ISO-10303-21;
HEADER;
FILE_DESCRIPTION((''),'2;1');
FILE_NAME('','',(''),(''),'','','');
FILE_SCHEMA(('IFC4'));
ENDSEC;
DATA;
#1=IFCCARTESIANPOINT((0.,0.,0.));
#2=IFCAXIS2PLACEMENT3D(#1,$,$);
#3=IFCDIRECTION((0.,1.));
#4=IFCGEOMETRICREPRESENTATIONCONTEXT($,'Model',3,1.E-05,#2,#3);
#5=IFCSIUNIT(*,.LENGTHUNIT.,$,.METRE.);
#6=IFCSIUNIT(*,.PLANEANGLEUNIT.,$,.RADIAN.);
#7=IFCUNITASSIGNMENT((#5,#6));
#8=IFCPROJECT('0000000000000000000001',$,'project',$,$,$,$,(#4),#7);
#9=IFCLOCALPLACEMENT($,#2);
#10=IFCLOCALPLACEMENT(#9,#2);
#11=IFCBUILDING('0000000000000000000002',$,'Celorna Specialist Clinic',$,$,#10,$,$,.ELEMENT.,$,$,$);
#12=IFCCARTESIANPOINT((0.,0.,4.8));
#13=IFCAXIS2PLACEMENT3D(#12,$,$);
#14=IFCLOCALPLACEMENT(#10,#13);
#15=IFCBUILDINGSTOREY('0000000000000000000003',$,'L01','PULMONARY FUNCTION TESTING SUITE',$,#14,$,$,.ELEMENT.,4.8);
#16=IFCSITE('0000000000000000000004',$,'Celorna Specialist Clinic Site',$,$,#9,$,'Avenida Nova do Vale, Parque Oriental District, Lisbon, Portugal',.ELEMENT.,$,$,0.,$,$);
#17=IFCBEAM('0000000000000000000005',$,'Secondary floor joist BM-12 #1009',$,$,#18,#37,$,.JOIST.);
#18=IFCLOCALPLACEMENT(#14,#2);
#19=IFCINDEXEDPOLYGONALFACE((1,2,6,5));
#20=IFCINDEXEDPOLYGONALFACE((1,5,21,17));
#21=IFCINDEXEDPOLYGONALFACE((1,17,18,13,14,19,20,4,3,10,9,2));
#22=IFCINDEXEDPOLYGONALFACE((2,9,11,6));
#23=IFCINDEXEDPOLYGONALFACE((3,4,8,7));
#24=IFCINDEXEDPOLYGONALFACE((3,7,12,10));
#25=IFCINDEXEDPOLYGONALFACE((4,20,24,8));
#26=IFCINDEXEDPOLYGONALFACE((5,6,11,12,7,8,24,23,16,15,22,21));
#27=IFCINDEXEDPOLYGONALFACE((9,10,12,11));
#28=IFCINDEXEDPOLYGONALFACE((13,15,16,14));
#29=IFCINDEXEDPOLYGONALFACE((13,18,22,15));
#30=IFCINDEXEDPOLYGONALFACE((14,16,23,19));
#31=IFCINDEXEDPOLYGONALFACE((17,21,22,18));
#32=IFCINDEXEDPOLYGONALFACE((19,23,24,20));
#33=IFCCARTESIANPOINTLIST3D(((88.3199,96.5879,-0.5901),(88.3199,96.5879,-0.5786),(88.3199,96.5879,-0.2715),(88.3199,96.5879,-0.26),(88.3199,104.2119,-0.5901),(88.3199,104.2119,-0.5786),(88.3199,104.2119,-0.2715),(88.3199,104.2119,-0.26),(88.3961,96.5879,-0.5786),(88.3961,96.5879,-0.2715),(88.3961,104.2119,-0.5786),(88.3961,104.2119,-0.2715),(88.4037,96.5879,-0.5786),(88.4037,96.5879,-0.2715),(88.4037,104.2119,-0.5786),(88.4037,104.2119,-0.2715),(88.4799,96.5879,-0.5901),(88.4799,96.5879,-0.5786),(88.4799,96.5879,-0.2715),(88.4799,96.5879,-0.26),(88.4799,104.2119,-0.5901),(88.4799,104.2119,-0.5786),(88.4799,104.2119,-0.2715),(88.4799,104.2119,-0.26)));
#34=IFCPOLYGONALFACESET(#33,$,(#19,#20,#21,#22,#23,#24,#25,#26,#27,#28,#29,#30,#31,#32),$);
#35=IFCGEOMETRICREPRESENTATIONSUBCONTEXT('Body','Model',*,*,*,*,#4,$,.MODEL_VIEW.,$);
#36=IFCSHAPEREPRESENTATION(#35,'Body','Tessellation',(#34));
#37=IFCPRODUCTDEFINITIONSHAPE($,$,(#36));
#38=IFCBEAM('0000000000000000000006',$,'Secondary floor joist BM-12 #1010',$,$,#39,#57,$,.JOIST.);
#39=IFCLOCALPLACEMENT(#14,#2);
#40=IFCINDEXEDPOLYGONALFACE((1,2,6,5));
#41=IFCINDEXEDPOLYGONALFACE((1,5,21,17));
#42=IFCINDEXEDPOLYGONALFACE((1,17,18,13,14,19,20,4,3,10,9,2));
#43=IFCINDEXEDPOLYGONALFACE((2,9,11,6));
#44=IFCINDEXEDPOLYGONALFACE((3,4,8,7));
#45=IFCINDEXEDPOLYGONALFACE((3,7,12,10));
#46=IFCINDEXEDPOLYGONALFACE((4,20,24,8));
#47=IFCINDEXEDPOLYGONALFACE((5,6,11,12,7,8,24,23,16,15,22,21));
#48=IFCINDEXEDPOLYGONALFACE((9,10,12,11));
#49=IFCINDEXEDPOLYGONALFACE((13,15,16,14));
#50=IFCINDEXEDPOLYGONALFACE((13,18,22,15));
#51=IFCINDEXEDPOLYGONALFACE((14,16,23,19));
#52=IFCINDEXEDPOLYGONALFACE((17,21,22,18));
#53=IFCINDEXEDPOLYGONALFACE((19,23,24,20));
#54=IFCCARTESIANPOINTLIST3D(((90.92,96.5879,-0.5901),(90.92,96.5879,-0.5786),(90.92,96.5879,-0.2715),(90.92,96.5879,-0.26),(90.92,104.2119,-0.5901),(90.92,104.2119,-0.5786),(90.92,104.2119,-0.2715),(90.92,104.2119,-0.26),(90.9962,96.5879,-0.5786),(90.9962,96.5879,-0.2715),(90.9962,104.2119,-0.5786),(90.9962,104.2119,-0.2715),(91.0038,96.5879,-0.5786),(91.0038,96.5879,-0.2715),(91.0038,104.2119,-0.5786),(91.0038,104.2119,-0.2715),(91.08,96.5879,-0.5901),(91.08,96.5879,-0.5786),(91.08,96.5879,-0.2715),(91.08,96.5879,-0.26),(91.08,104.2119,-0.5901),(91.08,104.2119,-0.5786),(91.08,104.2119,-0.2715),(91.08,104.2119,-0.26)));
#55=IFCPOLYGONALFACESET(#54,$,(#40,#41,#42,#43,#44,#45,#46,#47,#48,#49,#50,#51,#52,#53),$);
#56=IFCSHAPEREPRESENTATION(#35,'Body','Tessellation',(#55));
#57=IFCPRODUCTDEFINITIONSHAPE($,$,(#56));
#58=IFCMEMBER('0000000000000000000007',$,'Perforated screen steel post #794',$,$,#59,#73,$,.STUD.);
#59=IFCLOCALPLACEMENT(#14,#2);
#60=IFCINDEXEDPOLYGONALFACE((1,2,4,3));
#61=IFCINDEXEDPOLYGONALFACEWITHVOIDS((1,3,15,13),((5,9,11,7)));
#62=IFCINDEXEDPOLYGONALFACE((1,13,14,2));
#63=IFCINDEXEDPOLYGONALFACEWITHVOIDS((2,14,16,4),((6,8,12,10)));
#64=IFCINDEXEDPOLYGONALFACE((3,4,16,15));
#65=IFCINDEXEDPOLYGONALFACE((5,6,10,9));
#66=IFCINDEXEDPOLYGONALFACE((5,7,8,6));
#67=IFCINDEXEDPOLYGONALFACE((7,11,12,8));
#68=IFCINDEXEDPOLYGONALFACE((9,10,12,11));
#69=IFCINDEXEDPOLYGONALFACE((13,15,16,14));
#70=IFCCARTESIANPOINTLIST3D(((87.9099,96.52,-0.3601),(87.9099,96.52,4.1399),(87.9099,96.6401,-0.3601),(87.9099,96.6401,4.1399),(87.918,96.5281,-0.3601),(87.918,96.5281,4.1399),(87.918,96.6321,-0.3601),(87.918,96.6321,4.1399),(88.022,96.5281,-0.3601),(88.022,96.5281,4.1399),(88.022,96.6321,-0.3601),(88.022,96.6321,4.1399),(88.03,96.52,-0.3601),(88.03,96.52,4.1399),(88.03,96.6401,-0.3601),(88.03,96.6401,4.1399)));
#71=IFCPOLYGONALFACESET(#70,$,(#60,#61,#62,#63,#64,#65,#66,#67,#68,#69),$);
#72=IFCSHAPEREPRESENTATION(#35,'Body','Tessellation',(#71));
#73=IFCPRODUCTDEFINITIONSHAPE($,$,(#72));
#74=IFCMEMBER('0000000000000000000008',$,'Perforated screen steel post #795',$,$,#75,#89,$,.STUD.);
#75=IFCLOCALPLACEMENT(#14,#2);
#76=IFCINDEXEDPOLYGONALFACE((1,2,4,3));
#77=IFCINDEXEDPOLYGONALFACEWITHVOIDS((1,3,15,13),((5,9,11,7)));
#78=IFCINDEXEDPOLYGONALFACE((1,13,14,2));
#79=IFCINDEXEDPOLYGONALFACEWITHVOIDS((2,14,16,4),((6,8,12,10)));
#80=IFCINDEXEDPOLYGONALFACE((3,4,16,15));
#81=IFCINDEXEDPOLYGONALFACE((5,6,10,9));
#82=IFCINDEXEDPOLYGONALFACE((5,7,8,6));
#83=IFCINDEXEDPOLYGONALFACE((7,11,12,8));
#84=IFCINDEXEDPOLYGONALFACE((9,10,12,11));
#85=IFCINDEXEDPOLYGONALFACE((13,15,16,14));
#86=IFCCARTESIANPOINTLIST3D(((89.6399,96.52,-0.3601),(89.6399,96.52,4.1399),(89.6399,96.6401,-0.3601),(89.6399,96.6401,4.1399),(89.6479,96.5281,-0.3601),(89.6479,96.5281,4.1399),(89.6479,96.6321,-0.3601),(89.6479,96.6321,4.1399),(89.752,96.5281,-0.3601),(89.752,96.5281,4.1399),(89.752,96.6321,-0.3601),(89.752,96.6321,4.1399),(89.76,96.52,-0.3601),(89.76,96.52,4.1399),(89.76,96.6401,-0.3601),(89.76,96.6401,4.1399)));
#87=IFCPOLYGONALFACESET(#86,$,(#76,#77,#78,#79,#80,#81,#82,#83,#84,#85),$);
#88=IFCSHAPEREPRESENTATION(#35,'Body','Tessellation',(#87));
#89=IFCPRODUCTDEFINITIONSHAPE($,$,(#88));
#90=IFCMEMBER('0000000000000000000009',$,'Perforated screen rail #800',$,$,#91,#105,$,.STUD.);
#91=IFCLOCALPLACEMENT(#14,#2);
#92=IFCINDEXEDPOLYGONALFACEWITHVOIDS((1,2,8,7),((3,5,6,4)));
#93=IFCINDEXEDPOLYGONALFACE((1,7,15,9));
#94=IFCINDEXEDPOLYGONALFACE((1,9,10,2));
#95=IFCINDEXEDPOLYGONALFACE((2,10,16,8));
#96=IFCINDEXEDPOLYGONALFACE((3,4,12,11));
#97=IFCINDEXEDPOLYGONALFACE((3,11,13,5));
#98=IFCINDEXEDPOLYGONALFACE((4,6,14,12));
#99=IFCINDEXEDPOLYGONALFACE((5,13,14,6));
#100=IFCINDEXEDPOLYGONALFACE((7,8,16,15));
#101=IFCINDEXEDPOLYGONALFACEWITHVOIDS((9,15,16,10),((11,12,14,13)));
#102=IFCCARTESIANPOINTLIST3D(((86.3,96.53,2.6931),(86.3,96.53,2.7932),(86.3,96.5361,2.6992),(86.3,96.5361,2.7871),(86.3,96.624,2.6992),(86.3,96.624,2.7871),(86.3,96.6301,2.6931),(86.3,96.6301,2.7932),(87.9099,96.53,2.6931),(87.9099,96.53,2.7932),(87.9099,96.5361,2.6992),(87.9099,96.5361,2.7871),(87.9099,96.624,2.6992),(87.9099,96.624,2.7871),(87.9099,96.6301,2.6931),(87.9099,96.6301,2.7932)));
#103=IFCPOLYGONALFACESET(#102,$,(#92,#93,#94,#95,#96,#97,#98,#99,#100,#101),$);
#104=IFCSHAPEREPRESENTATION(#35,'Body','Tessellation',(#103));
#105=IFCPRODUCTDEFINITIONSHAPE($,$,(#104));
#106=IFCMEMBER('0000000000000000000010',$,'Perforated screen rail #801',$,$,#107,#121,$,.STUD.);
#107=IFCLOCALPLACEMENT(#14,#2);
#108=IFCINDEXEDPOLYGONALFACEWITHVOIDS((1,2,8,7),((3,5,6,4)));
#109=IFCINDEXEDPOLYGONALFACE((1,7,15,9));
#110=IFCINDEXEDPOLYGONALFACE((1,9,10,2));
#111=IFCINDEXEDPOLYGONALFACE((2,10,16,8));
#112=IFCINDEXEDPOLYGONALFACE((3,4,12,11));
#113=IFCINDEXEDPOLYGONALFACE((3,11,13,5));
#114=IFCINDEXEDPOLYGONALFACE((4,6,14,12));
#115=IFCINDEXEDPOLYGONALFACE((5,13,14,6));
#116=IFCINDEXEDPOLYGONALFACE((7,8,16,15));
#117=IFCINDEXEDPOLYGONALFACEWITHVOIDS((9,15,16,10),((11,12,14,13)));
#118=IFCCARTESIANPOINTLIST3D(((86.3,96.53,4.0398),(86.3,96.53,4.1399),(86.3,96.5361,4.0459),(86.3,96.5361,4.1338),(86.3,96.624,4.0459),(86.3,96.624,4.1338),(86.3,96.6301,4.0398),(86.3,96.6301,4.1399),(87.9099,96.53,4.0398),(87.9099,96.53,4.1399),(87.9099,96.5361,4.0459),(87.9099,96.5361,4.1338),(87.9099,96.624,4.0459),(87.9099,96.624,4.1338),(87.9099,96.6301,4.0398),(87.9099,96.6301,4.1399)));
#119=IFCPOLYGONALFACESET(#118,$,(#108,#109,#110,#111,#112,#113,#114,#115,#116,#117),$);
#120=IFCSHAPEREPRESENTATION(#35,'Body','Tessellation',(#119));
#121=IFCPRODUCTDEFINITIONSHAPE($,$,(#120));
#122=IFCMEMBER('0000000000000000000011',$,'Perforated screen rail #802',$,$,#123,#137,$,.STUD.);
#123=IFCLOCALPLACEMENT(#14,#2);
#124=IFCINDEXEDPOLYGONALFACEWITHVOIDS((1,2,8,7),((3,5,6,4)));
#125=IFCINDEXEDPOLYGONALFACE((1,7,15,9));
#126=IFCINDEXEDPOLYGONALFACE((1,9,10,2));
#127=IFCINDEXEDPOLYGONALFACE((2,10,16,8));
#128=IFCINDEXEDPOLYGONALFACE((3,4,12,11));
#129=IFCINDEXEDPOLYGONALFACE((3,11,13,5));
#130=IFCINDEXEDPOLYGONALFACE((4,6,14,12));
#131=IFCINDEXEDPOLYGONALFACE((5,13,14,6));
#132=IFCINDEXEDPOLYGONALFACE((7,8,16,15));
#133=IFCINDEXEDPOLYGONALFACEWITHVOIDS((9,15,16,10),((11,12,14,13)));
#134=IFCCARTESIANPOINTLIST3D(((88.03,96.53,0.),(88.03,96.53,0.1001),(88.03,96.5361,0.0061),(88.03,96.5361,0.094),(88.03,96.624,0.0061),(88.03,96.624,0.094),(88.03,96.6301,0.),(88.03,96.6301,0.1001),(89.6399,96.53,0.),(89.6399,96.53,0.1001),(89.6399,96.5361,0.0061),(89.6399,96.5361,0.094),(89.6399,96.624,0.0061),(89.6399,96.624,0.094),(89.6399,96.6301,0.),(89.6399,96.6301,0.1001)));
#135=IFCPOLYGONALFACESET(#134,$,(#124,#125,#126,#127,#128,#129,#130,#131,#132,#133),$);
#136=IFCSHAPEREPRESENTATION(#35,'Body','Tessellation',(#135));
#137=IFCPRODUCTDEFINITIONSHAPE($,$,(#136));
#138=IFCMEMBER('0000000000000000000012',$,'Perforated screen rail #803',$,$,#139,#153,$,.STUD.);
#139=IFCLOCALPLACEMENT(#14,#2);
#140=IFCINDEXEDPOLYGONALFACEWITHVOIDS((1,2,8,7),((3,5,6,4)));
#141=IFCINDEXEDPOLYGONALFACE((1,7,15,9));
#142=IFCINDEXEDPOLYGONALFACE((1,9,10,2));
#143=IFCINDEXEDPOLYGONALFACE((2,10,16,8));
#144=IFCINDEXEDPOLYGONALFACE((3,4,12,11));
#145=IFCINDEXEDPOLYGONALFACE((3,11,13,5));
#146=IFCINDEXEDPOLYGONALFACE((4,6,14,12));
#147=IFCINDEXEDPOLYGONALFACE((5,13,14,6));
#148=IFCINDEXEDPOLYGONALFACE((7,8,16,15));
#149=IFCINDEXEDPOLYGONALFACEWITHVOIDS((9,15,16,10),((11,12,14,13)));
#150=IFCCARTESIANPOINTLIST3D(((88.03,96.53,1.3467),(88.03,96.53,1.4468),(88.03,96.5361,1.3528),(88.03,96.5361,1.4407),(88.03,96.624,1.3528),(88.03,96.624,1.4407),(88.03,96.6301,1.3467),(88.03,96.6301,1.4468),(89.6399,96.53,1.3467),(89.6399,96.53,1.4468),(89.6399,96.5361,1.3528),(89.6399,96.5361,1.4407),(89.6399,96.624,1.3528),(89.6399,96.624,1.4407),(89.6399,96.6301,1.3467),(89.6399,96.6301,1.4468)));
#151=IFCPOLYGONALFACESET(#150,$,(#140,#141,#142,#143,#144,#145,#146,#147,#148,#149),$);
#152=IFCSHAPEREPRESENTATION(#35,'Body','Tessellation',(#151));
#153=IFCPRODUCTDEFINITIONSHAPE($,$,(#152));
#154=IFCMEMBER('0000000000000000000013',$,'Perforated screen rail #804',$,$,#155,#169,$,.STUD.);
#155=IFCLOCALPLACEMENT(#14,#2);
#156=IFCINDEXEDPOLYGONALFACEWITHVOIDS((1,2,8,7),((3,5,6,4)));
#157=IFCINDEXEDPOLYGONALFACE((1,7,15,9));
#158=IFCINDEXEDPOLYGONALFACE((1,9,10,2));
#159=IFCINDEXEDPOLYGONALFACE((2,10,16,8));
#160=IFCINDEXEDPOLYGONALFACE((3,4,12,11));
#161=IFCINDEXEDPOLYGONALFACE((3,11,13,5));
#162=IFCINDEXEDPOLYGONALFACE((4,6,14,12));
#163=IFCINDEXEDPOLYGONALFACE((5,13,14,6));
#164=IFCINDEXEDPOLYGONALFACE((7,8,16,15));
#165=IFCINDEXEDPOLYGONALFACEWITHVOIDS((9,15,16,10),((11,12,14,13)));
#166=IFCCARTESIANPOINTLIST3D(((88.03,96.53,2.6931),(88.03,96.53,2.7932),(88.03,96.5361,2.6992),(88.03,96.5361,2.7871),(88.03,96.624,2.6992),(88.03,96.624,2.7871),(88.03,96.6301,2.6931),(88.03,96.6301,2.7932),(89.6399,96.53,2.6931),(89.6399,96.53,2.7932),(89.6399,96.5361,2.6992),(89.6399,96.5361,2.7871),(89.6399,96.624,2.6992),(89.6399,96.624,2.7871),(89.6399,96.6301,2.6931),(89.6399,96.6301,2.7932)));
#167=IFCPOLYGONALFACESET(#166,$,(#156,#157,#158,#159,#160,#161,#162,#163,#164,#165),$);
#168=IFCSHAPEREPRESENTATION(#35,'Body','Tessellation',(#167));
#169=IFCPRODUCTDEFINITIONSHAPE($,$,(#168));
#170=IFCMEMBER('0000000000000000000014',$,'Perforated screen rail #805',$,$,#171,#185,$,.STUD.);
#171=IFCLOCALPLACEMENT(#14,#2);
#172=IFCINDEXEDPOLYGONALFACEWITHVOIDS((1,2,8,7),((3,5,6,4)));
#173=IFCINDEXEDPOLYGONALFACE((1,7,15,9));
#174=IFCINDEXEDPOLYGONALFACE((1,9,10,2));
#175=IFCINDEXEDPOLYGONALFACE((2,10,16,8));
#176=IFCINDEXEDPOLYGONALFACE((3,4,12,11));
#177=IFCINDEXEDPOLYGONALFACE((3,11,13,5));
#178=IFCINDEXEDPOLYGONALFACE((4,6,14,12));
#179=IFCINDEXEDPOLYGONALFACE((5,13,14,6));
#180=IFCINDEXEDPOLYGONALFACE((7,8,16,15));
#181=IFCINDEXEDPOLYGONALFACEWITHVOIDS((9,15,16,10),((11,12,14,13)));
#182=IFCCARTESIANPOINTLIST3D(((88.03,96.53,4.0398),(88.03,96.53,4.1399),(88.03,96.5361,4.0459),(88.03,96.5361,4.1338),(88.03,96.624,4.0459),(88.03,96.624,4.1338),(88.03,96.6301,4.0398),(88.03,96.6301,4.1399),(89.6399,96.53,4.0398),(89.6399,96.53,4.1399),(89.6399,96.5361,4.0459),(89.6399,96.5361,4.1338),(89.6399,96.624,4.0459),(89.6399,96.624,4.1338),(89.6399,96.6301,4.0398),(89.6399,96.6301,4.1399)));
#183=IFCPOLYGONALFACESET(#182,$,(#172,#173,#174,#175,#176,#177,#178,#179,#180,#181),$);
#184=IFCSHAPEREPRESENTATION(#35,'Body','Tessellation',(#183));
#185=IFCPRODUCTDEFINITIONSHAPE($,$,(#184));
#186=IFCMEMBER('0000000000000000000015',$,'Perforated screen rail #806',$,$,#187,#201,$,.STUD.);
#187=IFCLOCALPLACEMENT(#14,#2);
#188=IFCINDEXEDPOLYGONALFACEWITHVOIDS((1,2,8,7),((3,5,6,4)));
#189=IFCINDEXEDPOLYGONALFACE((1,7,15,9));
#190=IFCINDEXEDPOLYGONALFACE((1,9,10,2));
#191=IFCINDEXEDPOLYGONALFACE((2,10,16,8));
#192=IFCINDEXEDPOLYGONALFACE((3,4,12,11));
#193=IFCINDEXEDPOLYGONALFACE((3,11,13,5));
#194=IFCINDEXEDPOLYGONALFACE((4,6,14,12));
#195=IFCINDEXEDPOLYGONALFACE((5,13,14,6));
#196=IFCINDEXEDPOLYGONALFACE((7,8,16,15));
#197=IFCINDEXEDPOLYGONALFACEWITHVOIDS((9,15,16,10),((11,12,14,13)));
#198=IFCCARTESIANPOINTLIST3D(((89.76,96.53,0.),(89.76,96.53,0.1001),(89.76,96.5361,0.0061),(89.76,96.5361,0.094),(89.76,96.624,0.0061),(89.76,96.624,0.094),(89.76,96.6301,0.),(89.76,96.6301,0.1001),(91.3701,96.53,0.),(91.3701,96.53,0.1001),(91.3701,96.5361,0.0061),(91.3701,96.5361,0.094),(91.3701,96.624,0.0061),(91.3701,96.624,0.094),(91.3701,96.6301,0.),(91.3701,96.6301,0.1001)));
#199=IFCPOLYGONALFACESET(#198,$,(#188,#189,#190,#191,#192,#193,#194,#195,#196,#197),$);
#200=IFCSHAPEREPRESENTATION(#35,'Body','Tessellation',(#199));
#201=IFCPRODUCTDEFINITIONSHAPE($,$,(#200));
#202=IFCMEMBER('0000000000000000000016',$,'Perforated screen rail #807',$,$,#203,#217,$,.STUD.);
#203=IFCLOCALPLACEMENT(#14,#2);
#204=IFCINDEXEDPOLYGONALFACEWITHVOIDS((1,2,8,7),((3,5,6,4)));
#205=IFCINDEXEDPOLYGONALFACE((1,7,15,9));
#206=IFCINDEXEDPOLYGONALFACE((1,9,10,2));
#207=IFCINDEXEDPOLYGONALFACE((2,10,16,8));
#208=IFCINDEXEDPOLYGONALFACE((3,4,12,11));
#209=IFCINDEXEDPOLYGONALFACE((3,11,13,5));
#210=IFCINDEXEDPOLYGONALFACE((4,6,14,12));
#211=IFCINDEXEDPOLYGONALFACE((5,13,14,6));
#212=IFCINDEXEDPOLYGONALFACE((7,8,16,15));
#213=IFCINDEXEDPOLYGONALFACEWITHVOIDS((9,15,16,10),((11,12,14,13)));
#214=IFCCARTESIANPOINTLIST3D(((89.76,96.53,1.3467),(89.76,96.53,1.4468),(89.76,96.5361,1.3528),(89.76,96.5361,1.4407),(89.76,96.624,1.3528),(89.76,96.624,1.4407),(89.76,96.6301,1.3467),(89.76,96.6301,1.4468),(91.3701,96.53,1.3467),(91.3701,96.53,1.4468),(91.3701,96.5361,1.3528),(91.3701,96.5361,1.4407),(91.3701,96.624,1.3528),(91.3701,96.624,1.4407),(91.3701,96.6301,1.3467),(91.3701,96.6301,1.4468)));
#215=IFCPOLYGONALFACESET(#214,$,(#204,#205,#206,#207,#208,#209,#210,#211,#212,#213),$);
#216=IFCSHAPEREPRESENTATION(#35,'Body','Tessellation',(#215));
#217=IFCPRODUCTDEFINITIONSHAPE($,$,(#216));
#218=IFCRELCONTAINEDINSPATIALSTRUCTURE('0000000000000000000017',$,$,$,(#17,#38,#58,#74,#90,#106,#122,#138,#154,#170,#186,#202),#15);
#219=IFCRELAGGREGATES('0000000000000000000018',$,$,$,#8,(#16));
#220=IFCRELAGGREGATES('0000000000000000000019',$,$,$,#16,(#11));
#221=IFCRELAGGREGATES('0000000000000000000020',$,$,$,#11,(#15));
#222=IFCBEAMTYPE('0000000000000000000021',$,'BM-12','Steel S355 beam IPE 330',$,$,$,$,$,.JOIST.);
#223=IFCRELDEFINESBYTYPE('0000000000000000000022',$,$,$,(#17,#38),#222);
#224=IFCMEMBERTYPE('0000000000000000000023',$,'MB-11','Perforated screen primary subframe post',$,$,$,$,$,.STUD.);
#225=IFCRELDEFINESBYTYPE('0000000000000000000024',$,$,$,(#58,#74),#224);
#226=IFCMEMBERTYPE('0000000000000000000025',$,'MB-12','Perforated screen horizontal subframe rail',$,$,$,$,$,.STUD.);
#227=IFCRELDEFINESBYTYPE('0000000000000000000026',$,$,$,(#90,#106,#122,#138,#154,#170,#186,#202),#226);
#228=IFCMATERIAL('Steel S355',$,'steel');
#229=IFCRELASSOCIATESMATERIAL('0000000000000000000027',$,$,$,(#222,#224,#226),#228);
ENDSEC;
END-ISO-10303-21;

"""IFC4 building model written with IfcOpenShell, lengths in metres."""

from ifc_helpers import new_model, si_unit, direction, frame, origin, origin_2d, place, context, subcontext, project, spatial, hollow_rectangle, i_section, extrude, material, material_profile, profile_set, type_object, element, save


model = new_model("IFC4")

# Units and contexts
model_context = context("Model", 3, precision=1e-05, world=origin(), true_north=direction((0.0, 1.0)))
body_context = subcontext(model_context, "Body", "Model", "MODEL_VIEW")
ifc_project = project(units=[si_unit("LENGTHUNIT", "METRE"), si_unit("PLANEANGLEUNIT", "RADIAN")], contexts=[model_context])

# Site, building, storey
site_placement = place(None, origin())
site = spatial("IfcSite", under=ifc_project, at=site_placement, Name="Celorna Specialist Clinic Site", LongName="Avenida Nova do Vale, Parque Oriental District, Lisbon, Portugal", CompositionType="ELEMENT", RefElevation=0.0)
building_placement = place(site_placement, origin())
building = spatial("IfcBuilding", under=site, at=building_placement, Name="Celorna Specialist Clinic", CompositionType="ELEMENT")
storey_placement = place(building_placement, frame((0.0, 0.0, 4.8)))
storey = spatial("IfcBuildingStorey", under=building, at=storey_placement, Name="L01", Description="PULMONARY FUNCTION TESTING SUITE", CompositionType="ELEMENT", Elevation=4.8)

# Beams
ifc_material_1 = material(Name="Steel S355", Category="steel")
ifc_material_profile_1 = material_profile(ifc_material_1, i_section(OverallWidth=0.1599, OverallDepth=0.3301, WebThickness=0.0076, FlangeThickness=0.0115, at=origin_2d()), Name="IPE 330")
ifc_profile_set_1 = profile_set([ifc_material_profile_1], Name="Steel S355")
beam_type = type_object("IfcBeamType", Name="BM-12", Description="Steel S355 beam IPE 330", PredefinedType="JOIST", material=ifc_profile_set_1)
for number, where, z_axis, x_axis, name in (
    (1, (88.3999, 96.5879, -0.425), (0.0, 1.0, 0.0), (-1.0, 0.0, 0.0), "Secondary floor joist BM-12 #1009"),
    (2, (91.0, 96.5879, -0.425), (0.0, 1.0, 0.0), (-1.0, 0.0, 0.0), "Secondary floor joist BM-12 #1010"),
):
    element("IfcBeam", number, at=place(storey_placement, frame(where, z_axis=z_axis, x_axis=x_axis)), inside=storey, type_object=beam_type, Name=name, PredefinedType="JOIST", context=body_context, shape_type="SweptSolid", body=[
        extrude(i_section(OverallWidth=0.1599, OverallDepth=0.3301, WebThickness=0.0076, FlangeThickness=0.0115, at=origin_2d()), origin(), (0.0, 0.0, 1.0), 7.624),
    ])

# Members
ifc_material_profile_2 = material_profile(ifc_material_1, hollow_rectangle(XDim=0.1201, YDim=0.1201, WallThickness=0.0081, at=origin_2d()), Name="SHS 120x120x8")
ifc_profile_set_2 = profile_set([ifc_material_profile_2], Name="Steel S355")
member_type_1 = type_object("IfcMemberType", Name="MB-11", Description="Perforated screen primary subframe post", PredefinedType="STUD", material=ifc_profile_set_2)
for number, where, z_axis, x_axis, name in (
    (3, (87.97, 96.5801, -0.3601), (0.0, 0.0, 1.0), (1.0, 0.0, 0.0), "Perforated screen steel post #794"),
    (4, (89.7, 96.5801, -0.3601), (0.0, 0.0, 1.0), (1.0, 0.0, 0.0), "Perforated screen steel post #795"),
):
    element("IfcMember", number, at=place(storey_placement, frame(where, z_axis=z_axis, x_axis=x_axis)), inside=storey, type_object=member_type_1, Name=name, PredefinedType="STUD", context=body_context, shape_type="SweptSolid", body=[
        extrude(hollow_rectangle(XDim=0.1201, YDim=0.1201, WallThickness=0.0081, at=origin_2d()), origin(), (0.0, 0.0, 1.0), 4.5),
    ])
ifc_material_profile_3 = material_profile(ifc_material_1, hollow_rectangle(XDim=0.1001, YDim=0.1001, WallThickness=0.0061, at=origin_2d()), Name="SHS 100x100x6")
ifc_profile_set_3 = profile_set([ifc_material_profile_3], Name="Steel S355")
member_type_2 = type_object("IfcMemberType", Name="MB-12", Description="Perforated screen horizontal subframe rail", PredefinedType="STUD", material=ifc_profile_set_3)
for number, where, z_axis, x_axis, name in (
    (5, (86.3, 96.5801, 2.7432), (1.0, 0.0, 0.0), (0.0, 1.0, 0.0), "Perforated screen rail #800"),
    (6, (86.3, 96.5801, 4.0898), (1.0, 0.0, 0.0), (0.0, 1.0, 0.0), "Perforated screen rail #801"),
    (7, (88.03, 96.5801, 0.05), (1.0, 0.0, 0.0), (0.0, 1.0, 0.0), "Perforated screen rail #802"),
    (8, (88.03, 96.5801, 1.3967), (1.0, 0.0, 0.0), (0.0, 1.0, 0.0), "Perforated screen rail #803"),
    (9, (88.03, 96.5801, 2.7432), (1.0, 0.0, 0.0), (0.0, 1.0, 0.0), "Perforated screen rail #804"),
    (10, (88.03, 96.5801, 4.0898), (1.0, 0.0, 0.0), (0.0, 1.0, 0.0), "Perforated screen rail #805"),
):
    element("IfcMember", number, at=place(storey_placement, frame(where, z_axis=z_axis, x_axis=x_axis)), inside=storey, type_object=member_type_2, Name=name, PredefinedType="STUD", context=body_context, shape_type="SweptSolid", body=[
        extrude(hollow_rectangle(XDim=0.1001, YDim=0.1001, WallThickness=0.0061, at=origin_2d()), origin(), (0.0, 0.0, 1.0), 1.6099),
    ])
for number, where, z_axis, x_axis, name in (
    (11, (89.76, 96.5801, 0.05), (1.0, 0.0, 0.0), (0.0, 1.0, 0.0), "Perforated screen rail #806"),
    (12, (89.76, 96.5801, 1.3967), (1.0, 0.0, 0.0), (0.0, 1.0, 0.0), "Perforated screen rail #807"),
):
    element("IfcMember", number, at=place(storey_placement, frame(where, z_axis=z_axis, x_axis=x_axis)), inside=storey, type_object=member_type_2, Name=name, PredefinedType="STUD", context=body_context, shape_type="SweptSolid", body=[
        extrude(hollow_rectangle(XDim=0.1001, YDim=0.1001, WallThickness=0.0061, at=origin_2d()), origin(), (0.0, 0.0, 1.0), 1.6101),
    ])

save(model, "model.ifc")
